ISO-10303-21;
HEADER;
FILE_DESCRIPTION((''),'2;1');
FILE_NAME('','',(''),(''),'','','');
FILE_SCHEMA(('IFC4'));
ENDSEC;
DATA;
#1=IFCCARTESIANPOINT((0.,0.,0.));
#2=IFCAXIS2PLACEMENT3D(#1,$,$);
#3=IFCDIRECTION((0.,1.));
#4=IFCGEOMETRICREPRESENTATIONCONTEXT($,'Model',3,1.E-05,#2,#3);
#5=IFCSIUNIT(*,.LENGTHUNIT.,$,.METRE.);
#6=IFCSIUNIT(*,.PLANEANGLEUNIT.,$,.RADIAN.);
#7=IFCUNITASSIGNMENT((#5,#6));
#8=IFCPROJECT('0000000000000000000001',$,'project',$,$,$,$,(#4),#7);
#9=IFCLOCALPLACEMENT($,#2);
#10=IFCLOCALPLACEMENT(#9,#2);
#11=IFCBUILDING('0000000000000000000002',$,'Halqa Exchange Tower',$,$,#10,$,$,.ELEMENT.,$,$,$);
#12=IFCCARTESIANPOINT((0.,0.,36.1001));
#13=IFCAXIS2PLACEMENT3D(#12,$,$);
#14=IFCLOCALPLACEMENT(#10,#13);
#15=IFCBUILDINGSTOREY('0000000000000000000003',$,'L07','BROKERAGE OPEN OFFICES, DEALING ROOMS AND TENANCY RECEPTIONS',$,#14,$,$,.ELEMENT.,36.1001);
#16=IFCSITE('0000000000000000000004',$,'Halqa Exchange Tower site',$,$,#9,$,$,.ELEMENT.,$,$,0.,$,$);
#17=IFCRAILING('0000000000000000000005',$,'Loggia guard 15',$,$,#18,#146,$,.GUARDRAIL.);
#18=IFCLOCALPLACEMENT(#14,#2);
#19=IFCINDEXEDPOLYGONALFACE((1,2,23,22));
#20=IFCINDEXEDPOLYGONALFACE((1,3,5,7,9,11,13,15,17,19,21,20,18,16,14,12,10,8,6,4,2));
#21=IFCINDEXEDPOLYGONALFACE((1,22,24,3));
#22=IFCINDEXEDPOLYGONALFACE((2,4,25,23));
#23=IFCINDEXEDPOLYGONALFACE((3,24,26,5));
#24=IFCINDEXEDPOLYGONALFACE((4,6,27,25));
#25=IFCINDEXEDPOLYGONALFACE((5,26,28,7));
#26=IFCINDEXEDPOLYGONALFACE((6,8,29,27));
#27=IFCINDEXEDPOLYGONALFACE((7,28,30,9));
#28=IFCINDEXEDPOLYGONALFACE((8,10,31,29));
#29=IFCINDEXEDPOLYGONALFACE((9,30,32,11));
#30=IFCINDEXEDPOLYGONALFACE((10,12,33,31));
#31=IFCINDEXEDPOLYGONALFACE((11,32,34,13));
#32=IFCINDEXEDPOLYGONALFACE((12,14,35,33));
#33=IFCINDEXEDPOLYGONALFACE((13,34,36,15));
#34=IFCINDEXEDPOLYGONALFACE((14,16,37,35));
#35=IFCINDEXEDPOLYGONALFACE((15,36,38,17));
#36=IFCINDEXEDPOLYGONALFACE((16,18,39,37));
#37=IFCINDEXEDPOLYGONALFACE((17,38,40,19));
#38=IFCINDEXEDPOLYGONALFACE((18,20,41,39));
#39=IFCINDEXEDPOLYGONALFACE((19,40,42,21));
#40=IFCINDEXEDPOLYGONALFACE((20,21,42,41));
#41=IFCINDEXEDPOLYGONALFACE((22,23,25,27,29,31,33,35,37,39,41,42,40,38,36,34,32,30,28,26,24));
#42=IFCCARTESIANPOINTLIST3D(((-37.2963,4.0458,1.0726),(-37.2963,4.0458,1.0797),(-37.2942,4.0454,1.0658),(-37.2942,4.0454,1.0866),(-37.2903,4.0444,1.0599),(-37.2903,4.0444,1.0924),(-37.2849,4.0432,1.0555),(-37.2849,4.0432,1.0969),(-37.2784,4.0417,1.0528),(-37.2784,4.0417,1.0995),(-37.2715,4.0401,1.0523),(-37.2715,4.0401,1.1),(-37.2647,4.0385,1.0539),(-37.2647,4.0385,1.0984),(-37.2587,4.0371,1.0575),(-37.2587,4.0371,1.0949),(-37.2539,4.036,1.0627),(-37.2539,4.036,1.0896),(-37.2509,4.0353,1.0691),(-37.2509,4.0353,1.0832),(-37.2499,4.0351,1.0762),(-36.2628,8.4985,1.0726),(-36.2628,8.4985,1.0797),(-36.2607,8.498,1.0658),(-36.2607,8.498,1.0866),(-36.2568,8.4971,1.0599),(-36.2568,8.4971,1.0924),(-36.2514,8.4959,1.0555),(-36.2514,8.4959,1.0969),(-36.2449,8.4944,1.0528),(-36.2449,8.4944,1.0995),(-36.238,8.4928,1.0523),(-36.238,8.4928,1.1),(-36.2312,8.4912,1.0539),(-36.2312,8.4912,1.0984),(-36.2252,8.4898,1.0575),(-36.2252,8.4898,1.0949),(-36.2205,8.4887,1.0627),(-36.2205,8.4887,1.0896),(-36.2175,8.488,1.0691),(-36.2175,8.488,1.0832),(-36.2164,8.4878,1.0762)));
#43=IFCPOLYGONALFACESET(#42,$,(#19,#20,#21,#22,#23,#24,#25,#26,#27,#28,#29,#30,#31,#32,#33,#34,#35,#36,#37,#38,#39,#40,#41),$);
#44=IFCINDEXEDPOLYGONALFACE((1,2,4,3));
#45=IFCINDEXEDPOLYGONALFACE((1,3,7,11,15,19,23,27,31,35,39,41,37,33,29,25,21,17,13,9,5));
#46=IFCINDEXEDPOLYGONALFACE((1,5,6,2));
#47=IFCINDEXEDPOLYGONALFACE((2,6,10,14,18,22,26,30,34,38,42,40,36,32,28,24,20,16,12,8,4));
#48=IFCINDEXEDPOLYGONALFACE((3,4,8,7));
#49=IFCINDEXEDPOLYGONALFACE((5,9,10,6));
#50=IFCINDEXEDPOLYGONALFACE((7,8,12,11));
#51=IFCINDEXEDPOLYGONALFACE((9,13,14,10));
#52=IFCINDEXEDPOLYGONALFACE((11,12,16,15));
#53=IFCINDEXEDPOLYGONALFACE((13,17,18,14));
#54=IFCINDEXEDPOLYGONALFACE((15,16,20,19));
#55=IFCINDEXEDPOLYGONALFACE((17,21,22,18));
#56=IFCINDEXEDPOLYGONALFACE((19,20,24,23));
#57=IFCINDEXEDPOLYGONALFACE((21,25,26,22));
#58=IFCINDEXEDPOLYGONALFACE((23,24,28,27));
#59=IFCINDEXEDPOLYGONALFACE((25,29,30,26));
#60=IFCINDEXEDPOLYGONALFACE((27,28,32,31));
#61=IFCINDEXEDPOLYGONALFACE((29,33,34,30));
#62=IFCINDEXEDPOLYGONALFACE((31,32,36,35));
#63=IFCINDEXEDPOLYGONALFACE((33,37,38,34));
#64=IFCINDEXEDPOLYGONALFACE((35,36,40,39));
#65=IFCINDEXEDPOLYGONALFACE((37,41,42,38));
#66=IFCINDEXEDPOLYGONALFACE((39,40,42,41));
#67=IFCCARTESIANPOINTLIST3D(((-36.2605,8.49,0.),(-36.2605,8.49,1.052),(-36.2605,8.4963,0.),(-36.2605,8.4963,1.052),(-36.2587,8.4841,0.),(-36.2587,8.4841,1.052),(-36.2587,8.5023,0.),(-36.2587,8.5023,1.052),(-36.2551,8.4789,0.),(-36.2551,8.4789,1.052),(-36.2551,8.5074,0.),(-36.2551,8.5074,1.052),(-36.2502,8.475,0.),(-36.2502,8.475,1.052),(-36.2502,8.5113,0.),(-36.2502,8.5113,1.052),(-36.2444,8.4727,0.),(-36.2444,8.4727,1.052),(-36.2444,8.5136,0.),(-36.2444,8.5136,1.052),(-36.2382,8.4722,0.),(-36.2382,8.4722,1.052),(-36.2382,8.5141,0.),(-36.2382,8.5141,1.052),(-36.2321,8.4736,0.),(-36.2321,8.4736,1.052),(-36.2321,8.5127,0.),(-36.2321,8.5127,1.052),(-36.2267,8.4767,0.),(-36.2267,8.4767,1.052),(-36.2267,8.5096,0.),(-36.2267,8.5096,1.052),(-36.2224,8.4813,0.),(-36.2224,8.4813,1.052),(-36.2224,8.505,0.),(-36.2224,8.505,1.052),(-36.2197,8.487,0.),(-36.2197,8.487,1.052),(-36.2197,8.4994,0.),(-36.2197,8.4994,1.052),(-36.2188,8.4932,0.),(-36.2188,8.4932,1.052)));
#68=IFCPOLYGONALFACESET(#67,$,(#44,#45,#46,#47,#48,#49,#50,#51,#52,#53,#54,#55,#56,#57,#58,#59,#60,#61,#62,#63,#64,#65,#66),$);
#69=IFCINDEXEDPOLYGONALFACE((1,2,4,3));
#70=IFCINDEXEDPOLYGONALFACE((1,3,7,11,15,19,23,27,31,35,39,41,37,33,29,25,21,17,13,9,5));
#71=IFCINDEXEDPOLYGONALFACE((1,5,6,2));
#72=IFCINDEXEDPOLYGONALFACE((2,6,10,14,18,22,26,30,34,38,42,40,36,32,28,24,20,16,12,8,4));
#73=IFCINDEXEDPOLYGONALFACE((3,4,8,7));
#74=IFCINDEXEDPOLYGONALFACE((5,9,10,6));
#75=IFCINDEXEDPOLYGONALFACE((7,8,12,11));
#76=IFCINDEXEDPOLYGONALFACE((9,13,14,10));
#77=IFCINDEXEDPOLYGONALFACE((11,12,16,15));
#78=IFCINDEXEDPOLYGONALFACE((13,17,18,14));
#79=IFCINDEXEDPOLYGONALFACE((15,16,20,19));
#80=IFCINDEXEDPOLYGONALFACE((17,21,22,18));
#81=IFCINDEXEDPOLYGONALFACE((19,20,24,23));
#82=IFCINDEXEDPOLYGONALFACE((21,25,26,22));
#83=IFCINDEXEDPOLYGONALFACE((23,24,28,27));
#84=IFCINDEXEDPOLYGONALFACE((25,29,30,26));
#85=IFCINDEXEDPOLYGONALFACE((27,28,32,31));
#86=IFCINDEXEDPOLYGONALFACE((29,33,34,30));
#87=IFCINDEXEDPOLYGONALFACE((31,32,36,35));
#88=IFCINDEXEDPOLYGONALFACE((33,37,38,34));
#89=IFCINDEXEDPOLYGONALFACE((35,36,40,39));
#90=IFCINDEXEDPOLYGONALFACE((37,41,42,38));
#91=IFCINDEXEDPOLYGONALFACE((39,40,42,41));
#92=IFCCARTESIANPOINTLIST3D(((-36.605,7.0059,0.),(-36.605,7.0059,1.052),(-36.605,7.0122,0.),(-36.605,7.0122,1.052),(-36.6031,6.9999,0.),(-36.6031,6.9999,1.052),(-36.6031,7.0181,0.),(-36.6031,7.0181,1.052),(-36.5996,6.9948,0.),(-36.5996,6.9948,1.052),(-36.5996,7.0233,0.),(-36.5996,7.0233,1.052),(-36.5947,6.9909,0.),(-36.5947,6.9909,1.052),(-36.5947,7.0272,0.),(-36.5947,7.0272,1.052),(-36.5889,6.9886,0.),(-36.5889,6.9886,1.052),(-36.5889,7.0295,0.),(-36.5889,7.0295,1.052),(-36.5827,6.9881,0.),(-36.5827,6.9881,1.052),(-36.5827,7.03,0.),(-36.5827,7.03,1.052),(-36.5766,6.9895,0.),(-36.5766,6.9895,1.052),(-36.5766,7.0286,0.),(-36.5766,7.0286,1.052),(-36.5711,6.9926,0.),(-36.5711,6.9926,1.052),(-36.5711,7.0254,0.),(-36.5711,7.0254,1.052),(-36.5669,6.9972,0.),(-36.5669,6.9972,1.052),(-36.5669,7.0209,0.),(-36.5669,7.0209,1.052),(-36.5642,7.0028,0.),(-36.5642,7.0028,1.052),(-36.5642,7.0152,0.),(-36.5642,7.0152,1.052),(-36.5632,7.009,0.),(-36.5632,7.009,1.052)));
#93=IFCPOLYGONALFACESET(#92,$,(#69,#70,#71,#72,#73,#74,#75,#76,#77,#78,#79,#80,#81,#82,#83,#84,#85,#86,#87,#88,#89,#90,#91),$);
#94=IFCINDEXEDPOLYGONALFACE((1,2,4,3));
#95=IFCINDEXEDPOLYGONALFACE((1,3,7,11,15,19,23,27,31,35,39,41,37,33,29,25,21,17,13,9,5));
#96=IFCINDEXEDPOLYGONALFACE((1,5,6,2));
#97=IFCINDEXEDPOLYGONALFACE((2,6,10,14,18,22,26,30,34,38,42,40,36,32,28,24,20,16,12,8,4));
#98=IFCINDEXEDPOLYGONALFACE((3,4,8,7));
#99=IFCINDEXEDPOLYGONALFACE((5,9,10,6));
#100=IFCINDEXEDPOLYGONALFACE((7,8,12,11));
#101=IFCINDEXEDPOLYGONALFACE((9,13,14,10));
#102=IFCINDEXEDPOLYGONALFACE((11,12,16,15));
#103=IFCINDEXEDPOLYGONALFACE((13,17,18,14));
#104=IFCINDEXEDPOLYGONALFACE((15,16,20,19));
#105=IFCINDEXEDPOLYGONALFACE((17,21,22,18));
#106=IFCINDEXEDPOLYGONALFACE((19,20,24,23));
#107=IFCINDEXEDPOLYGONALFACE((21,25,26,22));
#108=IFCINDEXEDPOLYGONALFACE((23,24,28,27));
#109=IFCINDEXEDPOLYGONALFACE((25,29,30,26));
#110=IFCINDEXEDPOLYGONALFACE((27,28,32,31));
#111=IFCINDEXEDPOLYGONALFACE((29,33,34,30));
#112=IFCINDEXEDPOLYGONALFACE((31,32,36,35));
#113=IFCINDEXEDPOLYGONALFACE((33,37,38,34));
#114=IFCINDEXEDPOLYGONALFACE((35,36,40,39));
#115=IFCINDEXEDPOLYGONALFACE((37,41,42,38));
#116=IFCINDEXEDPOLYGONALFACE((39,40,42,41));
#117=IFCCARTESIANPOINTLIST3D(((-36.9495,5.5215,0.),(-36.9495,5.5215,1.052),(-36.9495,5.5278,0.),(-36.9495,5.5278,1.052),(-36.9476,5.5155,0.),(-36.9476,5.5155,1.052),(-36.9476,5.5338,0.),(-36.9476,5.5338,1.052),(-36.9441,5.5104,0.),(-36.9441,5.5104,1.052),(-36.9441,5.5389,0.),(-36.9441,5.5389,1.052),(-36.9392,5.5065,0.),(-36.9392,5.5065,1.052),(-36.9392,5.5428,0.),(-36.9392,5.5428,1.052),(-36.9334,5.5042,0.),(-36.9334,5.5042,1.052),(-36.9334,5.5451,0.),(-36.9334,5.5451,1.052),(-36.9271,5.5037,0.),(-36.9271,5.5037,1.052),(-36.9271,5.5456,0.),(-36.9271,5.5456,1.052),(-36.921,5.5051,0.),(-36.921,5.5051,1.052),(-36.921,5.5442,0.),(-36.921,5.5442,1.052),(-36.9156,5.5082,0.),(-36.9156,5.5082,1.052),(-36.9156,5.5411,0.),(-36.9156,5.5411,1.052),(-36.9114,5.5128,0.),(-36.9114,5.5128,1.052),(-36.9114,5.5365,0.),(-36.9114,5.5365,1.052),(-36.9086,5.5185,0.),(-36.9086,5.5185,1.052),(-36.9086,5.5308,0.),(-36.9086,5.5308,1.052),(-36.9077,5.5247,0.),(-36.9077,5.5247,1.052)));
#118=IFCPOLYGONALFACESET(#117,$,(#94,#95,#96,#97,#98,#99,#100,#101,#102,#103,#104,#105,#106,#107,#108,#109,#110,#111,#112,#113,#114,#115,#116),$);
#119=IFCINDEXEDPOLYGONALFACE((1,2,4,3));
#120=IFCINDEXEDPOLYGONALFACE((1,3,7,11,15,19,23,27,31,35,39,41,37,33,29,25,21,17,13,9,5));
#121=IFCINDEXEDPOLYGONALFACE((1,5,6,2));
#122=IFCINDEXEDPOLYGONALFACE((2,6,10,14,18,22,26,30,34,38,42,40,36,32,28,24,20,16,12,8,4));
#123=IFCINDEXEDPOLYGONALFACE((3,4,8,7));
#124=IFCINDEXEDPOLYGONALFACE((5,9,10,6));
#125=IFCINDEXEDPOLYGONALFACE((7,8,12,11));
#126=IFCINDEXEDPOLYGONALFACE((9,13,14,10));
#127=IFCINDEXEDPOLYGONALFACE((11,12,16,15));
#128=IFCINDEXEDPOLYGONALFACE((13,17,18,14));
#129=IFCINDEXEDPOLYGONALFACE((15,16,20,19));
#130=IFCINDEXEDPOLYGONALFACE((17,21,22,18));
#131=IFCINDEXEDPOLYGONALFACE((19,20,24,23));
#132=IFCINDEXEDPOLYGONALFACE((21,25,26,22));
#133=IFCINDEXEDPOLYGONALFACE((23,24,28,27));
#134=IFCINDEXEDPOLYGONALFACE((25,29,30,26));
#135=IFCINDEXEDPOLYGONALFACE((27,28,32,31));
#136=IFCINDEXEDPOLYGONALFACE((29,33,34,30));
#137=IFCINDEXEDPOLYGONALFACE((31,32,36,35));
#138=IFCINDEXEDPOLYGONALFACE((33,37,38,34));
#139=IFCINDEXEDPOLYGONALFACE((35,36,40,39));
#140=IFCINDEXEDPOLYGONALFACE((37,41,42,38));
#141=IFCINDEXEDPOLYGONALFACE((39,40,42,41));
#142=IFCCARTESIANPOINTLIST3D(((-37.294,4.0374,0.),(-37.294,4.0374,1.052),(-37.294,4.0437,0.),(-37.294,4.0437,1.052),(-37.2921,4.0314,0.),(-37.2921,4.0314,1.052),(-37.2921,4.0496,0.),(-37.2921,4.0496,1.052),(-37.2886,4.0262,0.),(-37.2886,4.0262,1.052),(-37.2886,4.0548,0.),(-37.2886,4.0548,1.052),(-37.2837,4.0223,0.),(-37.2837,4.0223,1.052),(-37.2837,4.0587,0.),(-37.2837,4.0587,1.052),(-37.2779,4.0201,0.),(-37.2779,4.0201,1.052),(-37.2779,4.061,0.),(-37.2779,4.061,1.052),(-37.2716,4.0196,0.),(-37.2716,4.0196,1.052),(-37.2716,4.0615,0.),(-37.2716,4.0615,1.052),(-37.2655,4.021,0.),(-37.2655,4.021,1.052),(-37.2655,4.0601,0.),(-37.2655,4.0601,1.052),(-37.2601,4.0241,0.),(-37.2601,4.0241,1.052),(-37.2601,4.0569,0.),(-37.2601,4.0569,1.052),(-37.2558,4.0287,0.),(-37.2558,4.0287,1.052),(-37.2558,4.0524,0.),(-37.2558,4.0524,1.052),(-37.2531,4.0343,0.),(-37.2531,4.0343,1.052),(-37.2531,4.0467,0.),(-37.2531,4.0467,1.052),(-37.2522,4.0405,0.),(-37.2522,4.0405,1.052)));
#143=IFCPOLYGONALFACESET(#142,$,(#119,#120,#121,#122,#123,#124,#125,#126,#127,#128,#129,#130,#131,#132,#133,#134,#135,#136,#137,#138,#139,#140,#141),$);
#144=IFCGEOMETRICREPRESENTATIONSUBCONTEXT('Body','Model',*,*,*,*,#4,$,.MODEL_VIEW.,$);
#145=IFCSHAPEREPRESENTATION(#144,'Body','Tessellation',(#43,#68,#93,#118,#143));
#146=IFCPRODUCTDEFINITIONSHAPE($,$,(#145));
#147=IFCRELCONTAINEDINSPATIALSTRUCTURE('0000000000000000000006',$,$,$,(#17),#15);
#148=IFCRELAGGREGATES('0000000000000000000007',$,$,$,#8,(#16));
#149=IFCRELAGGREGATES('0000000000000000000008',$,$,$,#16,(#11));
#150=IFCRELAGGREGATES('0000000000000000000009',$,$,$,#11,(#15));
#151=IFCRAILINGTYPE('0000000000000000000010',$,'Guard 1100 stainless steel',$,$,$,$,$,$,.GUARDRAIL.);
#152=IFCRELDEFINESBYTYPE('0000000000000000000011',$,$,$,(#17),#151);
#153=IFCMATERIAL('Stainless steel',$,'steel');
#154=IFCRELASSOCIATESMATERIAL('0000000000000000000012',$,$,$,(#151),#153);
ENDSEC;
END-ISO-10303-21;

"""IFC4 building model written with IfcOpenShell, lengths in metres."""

from ifc_helpers import new_model, si_unit, direction, frame, origin, origin_2d, place, context, subcontext, project, spatial, circle, extrude, material, type_object, element, save


model = new_model("IFC4")

# Units and contexts
model_context = context("Model", 3, precision=1e-05, world=origin(), true_north=direction((0.0, 1.0)))
body_context = subcontext(model_context, "Body", "Model", "MODEL_VIEW")
ifc_project = project(units=[si_unit("LENGTHUNIT", "METRE"), si_unit("PLANEANGLEUNIT", "RADIAN")], contexts=[model_context])

# Site, building, storey
site_placement = place(None, origin())
site = spatial("IfcSite", under=ifc_project, at=site_placement, Name="Halqa Exchange Tower site", CompositionType="ELEMENT", RefElevation=0.0)
building_placement = place(site_placement, origin())
building = spatial("IfcBuilding", under=site, at=building_placement, Name="Halqa Exchange Tower", CompositionType="ELEMENT")
storey_placement = place(building_placement, frame((0.0, 0.0, 36.1001)))
storey = spatial("IfcBuildingStorey", under=building, at=storey_placement, Name="L07", Description="BROKERAGE OPEN OFFICES, DEALING ROOMS AND TENANCY RECEPTIONS", CompositionType="ELEMENT", Elevation=36.1001)

# Railing
ifc_material_1 = material(Name="Stainless steel", Category="steel")
railing_type = type_object("IfcRailingType", Name="Guard 1100 stainless steel", PredefinedType="GUARDRAIL", material=ifc_material_1)
railing_1_placement = place(storey_placement, frame((-36.2397, 8.4932, 0.0)))
element("IfcRailing", 1, at=railing_1_placement, inside=storey, type_object=railing_type, Name="Loggia guard 15", PredefinedType="GUARDRAIL", context=body_context, shape_type="SweptSolid", body=[
    extrude(circle(Radius=0.0239, at=origin_2d()), frame((0.0, 0.0, 1.0762), z_axis=(-0.226088, -0.974107, 0.0), x_axis=(0.974107, -0.226088, 0.0)), (0.0, 0.0, 1.0), 4.571),
    extrude(circle(Radius=0.021, at=origin_2d()), origin(), (0.0, 0.0, 1.0), 1.052),
    extrude(circle(Radius=0.021, at=origin_2d()), frame((-0.3445, -1.4841, 0.0)), (0.0, 0.0, 1.0), 1.052),
    extrude(circle(Radius=0.021, at=origin_2d()), frame((-0.689, -2.9685, 0.0)), (0.0, 0.0, 1.0), 1.052),
    extrude(circle(Radius=0.021, at=origin_2d()), frame((-1.0334, -4.4526, 0.0)), (0.0, 0.0, 1.0), 1.052),
])

save(model, "model.ifc")
